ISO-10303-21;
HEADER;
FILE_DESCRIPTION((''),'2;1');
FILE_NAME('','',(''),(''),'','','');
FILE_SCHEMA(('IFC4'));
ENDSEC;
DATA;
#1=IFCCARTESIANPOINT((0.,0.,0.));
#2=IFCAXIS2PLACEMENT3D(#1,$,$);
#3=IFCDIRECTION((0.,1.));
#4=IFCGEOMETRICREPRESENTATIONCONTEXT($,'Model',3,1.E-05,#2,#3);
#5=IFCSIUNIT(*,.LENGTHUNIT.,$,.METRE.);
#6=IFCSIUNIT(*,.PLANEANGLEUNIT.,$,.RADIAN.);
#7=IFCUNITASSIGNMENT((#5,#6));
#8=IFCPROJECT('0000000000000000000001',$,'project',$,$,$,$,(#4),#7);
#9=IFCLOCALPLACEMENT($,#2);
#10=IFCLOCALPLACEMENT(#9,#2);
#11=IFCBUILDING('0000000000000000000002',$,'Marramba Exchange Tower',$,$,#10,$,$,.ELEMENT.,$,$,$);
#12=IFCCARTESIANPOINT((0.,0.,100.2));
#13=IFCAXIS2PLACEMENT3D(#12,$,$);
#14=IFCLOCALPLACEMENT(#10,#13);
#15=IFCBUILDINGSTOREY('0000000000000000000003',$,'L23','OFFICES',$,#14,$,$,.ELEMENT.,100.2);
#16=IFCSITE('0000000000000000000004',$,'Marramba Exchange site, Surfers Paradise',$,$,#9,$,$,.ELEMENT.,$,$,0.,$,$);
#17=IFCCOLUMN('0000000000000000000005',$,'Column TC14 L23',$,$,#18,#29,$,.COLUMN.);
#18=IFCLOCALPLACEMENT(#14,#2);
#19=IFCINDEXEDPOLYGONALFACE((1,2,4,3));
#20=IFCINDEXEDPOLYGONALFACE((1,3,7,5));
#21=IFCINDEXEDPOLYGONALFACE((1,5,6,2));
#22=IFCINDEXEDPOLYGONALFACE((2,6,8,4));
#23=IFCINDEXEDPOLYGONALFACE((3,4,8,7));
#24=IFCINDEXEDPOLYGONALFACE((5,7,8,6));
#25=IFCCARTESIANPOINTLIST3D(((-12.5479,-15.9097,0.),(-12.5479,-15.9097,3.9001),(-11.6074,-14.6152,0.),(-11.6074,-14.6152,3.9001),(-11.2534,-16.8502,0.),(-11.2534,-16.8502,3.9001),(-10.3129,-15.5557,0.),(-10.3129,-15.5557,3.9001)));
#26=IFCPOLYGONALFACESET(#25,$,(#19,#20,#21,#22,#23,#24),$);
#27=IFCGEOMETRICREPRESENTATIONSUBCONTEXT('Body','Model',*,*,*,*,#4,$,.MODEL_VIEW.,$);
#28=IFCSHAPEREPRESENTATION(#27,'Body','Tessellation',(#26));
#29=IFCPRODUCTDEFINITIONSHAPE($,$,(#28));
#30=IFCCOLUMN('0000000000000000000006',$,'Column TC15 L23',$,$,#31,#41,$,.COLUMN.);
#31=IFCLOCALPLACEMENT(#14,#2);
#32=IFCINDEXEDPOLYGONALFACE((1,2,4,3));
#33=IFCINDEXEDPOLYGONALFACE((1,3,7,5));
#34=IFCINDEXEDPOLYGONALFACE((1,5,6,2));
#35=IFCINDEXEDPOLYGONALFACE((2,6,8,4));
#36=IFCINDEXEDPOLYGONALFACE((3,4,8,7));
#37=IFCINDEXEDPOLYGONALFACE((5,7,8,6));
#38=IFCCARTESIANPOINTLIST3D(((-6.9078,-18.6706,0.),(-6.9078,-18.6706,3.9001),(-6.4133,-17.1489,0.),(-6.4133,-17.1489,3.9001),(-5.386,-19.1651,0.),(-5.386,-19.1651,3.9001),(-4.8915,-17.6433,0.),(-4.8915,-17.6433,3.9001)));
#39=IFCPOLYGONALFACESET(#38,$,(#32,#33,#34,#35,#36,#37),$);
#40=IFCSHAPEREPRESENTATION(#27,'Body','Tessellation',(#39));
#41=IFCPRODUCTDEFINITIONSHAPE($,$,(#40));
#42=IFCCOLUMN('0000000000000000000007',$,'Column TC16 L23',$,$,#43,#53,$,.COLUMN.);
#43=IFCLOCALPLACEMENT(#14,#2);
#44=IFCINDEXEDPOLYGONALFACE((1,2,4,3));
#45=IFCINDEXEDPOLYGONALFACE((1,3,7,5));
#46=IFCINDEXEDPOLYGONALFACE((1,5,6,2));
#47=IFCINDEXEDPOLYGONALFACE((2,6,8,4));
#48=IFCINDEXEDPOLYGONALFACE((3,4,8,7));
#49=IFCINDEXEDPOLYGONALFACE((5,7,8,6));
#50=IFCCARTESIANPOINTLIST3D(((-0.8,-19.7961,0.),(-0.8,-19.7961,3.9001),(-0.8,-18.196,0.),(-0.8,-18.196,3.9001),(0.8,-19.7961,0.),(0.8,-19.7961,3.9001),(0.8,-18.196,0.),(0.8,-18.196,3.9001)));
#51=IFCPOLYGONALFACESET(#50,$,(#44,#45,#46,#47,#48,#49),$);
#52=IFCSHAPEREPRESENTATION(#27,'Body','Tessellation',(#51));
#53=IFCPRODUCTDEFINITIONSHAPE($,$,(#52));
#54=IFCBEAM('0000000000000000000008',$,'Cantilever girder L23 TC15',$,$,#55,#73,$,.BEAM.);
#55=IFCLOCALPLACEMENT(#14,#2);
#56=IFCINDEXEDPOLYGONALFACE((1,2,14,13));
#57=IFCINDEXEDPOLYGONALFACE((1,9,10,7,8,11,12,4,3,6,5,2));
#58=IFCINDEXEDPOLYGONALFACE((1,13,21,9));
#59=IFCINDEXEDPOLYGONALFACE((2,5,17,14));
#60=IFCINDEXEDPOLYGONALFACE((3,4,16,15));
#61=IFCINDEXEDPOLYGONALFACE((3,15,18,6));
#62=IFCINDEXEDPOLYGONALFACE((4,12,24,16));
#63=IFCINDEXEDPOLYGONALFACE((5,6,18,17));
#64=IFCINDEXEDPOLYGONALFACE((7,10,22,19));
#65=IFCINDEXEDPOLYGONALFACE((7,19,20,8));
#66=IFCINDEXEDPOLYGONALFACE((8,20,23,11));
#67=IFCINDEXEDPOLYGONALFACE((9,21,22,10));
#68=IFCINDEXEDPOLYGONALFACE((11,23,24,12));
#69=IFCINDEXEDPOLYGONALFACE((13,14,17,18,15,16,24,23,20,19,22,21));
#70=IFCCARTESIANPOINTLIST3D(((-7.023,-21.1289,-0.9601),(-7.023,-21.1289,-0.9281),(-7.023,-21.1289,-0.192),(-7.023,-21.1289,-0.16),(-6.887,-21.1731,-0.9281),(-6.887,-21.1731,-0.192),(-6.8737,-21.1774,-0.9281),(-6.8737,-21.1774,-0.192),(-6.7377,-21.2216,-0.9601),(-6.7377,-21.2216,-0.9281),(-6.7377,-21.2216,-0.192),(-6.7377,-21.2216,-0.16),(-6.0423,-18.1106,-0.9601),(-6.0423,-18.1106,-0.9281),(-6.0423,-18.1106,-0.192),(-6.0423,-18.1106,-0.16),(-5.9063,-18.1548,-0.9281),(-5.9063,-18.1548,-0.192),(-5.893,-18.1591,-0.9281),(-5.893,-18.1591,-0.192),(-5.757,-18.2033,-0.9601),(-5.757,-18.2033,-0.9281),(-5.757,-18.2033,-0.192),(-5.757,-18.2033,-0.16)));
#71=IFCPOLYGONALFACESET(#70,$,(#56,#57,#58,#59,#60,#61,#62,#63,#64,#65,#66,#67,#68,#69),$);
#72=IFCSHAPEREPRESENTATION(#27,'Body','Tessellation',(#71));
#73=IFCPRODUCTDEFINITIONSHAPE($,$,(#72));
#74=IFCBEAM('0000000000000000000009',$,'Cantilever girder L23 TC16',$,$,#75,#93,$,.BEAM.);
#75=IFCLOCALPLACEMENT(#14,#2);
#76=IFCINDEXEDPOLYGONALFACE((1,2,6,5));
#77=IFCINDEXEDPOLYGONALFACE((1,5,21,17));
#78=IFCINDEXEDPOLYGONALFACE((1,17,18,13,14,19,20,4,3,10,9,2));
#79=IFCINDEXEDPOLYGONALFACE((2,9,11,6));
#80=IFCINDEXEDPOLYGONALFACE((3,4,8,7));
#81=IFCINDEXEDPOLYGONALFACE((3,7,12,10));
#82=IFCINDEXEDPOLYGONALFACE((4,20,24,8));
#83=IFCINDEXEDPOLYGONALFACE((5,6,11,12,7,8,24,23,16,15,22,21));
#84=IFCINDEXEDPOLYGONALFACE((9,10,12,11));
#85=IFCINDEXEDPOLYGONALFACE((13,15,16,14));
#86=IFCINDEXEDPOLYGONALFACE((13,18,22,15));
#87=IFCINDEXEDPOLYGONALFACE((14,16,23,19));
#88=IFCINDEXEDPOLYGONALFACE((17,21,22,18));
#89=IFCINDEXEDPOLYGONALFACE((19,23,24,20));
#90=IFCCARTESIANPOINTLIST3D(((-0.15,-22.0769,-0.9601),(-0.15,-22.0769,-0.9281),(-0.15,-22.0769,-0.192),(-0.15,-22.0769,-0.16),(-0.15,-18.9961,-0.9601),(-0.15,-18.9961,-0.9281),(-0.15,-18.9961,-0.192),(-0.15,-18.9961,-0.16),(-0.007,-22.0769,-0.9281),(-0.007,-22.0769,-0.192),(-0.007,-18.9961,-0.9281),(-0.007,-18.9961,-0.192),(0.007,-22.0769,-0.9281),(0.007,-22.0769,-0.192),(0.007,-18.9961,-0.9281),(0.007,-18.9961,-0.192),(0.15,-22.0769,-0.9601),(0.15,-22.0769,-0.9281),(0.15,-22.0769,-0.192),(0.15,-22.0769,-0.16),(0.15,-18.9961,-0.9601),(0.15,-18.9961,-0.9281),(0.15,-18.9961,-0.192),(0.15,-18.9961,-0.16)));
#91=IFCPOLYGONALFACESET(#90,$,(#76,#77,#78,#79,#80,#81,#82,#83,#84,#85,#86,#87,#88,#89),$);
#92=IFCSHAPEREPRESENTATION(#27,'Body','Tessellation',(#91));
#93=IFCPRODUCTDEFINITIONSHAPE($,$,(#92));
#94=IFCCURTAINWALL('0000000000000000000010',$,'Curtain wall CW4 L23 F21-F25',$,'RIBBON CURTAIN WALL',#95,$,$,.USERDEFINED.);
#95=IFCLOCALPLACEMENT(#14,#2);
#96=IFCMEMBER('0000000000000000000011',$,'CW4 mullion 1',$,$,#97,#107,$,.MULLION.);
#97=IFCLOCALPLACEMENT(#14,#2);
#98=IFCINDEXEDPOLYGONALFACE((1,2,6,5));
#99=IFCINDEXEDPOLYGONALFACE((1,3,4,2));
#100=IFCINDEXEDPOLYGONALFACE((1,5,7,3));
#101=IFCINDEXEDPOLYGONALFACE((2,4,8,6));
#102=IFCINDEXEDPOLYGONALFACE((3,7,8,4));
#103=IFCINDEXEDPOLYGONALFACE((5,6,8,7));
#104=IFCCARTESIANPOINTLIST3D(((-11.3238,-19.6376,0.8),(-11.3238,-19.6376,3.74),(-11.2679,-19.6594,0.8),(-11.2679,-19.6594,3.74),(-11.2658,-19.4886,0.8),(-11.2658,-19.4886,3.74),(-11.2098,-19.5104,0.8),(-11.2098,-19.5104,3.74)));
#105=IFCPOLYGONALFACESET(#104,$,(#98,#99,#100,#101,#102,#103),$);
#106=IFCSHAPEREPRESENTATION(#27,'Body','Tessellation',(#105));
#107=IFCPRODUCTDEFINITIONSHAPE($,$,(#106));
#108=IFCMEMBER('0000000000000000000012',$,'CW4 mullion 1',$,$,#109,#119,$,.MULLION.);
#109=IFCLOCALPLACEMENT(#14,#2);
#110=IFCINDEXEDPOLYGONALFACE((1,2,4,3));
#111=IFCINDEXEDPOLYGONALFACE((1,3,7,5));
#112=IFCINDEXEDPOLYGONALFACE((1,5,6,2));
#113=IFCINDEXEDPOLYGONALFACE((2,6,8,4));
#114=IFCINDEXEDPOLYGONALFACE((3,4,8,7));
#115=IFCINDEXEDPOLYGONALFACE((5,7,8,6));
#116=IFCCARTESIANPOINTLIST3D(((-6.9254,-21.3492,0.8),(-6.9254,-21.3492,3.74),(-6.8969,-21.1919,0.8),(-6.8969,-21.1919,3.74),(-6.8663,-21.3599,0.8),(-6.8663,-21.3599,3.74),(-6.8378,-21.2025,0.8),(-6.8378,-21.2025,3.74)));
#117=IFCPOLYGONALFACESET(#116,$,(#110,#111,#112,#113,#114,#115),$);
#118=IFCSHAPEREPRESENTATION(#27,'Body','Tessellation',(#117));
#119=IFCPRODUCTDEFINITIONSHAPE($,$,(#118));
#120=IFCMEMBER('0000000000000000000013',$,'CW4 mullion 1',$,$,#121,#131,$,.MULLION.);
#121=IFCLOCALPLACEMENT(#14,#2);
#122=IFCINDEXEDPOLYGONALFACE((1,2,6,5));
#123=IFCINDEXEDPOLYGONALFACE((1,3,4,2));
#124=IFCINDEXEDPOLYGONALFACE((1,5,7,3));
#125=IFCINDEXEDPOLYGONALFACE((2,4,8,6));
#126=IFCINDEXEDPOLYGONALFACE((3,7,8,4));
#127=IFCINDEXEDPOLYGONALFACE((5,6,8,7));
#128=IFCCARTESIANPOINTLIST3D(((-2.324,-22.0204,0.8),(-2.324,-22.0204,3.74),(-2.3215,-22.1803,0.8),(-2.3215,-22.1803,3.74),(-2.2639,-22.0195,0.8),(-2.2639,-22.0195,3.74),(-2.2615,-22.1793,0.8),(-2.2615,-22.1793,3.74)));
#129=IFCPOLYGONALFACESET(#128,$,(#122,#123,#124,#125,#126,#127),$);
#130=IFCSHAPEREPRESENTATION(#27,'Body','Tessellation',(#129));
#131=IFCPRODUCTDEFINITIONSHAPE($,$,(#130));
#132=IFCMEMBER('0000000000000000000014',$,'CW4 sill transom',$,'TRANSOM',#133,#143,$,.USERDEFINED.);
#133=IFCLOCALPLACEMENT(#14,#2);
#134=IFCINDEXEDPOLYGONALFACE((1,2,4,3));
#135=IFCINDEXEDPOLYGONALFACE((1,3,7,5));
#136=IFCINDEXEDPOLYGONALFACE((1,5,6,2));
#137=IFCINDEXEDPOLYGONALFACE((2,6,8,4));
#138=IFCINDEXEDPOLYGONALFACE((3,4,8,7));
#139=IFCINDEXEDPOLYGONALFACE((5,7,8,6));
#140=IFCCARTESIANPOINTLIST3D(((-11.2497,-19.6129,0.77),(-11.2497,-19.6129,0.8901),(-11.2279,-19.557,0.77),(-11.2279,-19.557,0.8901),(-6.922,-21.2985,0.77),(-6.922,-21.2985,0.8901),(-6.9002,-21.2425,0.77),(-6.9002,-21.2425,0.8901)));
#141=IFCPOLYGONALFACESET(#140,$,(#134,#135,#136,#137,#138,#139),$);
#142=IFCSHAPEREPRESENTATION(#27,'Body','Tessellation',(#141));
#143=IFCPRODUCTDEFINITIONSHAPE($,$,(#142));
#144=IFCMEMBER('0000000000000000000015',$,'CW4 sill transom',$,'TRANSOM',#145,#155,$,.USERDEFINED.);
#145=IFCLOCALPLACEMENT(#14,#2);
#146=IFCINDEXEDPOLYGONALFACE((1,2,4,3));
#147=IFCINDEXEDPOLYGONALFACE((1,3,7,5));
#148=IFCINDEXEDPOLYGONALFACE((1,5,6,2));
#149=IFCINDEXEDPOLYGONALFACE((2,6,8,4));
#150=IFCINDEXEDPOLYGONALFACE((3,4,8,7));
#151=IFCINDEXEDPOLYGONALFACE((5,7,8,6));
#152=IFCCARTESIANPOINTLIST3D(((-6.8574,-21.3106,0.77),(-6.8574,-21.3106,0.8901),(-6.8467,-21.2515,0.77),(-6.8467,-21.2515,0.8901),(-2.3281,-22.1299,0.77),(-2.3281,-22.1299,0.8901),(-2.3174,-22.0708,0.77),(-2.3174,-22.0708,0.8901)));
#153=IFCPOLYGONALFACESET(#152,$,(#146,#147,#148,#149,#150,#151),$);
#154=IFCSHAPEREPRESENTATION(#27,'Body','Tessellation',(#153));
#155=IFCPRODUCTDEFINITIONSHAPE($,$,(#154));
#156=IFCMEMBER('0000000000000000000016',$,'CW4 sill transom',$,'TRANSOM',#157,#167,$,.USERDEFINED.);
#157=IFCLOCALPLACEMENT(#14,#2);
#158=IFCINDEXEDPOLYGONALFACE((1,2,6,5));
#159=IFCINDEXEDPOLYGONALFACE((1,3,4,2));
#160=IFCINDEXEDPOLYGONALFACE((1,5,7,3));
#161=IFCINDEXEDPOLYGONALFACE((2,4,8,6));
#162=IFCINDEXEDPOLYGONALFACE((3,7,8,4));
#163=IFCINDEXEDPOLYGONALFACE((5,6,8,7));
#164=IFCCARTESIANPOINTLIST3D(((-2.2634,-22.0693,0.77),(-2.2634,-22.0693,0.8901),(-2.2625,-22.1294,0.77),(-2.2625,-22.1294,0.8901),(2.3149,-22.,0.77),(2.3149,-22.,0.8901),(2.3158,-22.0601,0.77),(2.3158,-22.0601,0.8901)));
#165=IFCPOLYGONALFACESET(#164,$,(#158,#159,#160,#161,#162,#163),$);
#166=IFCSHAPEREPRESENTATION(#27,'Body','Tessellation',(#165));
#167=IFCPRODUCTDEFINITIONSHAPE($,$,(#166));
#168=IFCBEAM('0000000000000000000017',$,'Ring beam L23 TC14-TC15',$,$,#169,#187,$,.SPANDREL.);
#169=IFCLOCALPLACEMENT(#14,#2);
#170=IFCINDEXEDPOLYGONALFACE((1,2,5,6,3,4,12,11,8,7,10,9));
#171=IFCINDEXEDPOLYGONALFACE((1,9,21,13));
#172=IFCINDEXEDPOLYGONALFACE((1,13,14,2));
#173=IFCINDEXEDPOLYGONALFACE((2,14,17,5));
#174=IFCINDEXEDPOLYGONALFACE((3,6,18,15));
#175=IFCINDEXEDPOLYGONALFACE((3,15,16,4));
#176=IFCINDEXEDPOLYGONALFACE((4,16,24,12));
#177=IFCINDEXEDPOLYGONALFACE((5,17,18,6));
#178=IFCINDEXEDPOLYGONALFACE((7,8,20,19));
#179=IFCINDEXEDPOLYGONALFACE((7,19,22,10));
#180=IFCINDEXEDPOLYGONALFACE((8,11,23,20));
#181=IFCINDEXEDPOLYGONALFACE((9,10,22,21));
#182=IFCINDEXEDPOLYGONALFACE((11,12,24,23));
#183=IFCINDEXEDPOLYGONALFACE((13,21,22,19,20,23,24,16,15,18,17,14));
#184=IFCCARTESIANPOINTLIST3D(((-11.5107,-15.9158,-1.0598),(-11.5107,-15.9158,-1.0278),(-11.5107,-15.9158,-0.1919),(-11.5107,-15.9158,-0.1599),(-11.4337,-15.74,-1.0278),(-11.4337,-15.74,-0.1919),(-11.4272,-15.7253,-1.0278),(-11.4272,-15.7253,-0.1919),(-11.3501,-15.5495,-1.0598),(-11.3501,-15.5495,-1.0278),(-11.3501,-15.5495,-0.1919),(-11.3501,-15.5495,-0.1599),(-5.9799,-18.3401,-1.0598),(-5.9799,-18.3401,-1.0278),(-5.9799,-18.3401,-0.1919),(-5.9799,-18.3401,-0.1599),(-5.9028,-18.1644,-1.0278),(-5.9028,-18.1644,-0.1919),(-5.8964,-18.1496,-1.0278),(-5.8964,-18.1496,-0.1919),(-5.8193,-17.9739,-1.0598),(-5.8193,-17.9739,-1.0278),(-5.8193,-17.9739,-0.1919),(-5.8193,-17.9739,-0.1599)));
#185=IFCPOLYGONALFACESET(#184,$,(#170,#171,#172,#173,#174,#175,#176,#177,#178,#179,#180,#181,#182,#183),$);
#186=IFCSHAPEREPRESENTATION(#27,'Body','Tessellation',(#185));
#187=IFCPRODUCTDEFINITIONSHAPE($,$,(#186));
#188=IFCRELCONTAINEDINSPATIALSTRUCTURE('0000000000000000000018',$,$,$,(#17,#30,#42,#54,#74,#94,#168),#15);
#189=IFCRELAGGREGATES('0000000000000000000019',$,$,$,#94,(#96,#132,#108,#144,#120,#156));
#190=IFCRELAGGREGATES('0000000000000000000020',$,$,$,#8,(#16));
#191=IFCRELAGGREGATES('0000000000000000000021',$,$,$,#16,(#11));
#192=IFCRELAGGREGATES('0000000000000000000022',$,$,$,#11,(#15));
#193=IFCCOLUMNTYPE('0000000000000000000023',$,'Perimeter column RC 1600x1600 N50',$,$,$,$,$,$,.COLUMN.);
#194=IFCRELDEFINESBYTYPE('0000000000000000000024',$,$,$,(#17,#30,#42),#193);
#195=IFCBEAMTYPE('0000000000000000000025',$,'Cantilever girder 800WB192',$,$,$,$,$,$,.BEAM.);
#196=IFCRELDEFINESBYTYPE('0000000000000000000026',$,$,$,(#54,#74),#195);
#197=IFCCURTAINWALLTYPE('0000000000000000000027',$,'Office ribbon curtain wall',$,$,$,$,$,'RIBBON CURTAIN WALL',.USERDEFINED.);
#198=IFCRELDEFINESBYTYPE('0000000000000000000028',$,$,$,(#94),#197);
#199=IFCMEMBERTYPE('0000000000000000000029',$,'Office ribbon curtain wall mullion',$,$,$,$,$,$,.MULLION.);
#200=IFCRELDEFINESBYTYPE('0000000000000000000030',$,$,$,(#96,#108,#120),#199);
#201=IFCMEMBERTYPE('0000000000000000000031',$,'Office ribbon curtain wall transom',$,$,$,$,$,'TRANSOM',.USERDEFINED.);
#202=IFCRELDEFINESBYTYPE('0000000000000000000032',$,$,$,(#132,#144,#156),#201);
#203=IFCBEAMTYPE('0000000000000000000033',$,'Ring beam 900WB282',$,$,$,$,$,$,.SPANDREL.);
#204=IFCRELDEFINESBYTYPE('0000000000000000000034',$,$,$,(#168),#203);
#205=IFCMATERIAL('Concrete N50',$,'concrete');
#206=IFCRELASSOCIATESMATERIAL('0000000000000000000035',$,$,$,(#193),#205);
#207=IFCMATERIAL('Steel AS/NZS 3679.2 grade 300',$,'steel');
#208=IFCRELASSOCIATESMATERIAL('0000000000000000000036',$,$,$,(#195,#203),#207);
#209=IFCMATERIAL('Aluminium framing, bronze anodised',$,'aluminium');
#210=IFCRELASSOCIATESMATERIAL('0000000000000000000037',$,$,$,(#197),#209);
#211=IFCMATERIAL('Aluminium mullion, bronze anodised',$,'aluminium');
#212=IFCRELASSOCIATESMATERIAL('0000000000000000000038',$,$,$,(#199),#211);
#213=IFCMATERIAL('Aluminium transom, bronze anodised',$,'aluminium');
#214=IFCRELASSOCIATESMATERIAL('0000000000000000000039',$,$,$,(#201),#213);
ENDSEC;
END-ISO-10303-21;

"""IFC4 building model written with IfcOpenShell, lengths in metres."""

from ifc_helpers import new_model, si_unit, direction, frame, origin, origin_2d, place, context, subcontext, project, spatial, rectangle, i_section, extrude, material, material_profile, profile_set, type_object, element, aggregate, save


model = new_model("IFC4")

# Units and contexts
model_context = context("Model", 3, precision=1e-05, world=origin(), true_north=direction((0.0, 1.0)))
body_context = subcontext(model_context, "Body", "Model", "MODEL_VIEW")
ifc_project = project(units=[si_unit("LENGTHUNIT", "METRE"), si_unit("PLANEANGLEUNIT", "RADIAN")], contexts=[model_context])

# Site, building, storey
site_placement = place(None, origin())
site = spatial("IfcSite", under=ifc_project, at=site_placement, Name="Marramba Exchange site, Surfers Paradise", CompositionType="ELEMENT", RefElevation=0.0)
building_placement = place(site_placement, origin())
building = spatial("IfcBuilding", under=site, at=building_placement, Name="Marramba Exchange Tower", CompositionType="ELEMENT")
storey_placement = place(building_placement, frame((0.0, 0.0, 100.2)))
storey = spatial("IfcBuildingStorey", under=building, at=storey_placement, Name="L23", Description="OFFICES", CompositionType="ELEMENT", Elevation=100.2)

# Columns
ifc_material_1 = material(Name="Concrete N50", Category="concrete")
ifc_material_profile_1 = material_profile(ifc_material_1, rectangle(XDim=1.6001, YDim=1.6001, at=origin_2d()), Name="RC 1600x1600")
ifc_profile_set_1 = profile_set([ifc_material_profile_1], Name="Concrete N50")
column_type = type_object("IfcColumnType", Name="Perimeter column RC 1600x1600 N50", PredefinedType="COLUMN", material=ifc_profile_set_1)
for number, where, z_axis, x_axis, name in (
    (1, (-11.4304, -15.7327, 0.0), (0.0, 0.0, 1.0), (-0.587785, -0.809017, 0.0), "Column TC14 L23"),
    (2, (-5.8997, -18.157, 0.0), (0.0, 0.0, 1.0), (-0.309017, -0.951057, 0.0), "Column TC15 L23"),
    (3, (0.0, -18.9961, 0.0), (0.0, 0.0, 1.0), (0.0, -1.0, 0.0), "Column TC16 L23"),
):
    element("IfcColumn", number, at=place(storey_placement, frame(where, z_axis=z_axis, x_axis=x_axis)), inside=storey, type_object=column_type, Name=name, PredefinedType="COLUMN", context=body_context, shape_type="SweptSolid", body=[
        extrude(rectangle(XDim=1.6001, YDim=1.6001, at=origin_2d()), origin(), (0.0, 0.0, 1.0), 3.9001),
    ])

# Beams
ifc_material_2 = material(Name="Steel AS/NZS 3679.2 grade 300", Category="steel")
ifc_material_profile_2 = material_profile(ifc_material_2, i_section(OverallWidth=0.3, OverallDepth=0.8, WebThickness=0.0139, FlangeThickness=0.032, at=origin_2d()), Name="800WB192")
ifc_profile_set_2 = profile_set([ifc_material_profile_2], Name="Steel AS/NZS 3679.2 grade 300")
beam_type_1 = type_object("IfcBeamType", Name="Cantilever girder 800WB192", PredefinedType="BEAM", material=ifc_profile_set_2)
beam_1_placement = place(storey_placement, frame((-5.8997, -18.157, -0.5601), z_axis=(-0.309018, -0.951056, 0.0), x_axis=(0.951056, -0.309018, 0.0)))
element("IfcBeam", 4, at=beam_1_placement, inside=storey, type_object=beam_type_1, Name="Cantilever girder L23 TC15", PredefinedType="BEAM", context=body_context, shape_type="SweptSolid", body=[
    extrude(i_section(OverallWidth=0.3, OverallDepth=0.8, WebThickness=0.0139, FlangeThickness=0.032, at=origin_2d()), origin(), (0.0, 0.0, 1.0), 3.1736),
])
beam_2_placement = place(storey_placement, frame((0.0, -18.9961, -0.5601), z_axis=(0.0, -1.0, 0.0), x_axis=(1.0, 0.0, 0.0)))
element("IfcBeam", 5, at=beam_2_placement, inside=storey, type_object=beam_type_1, Name="Cantilever girder L23 TC16", PredefinedType="BEAM", context=body_context, shape_type="SweptSolid", body=[
    extrude(i_section(OverallWidth=0.3, OverallDepth=0.8, WebThickness=0.0139, FlangeThickness=0.032, at=origin_2d()), origin(), (0.0, 0.0, 1.0), 3.0808),
])

# Curtain wall, members
ifc_material_3 = material(Name="Aluminium framing, bronze anodised", Category="aluminium")
curtain_wall_type = type_object("IfcCurtainWallType", Name="Office ribbon curtain wall", ElementType="RIBBON CURTAIN WALL", PredefinedType="USERDEFINED", material=ifc_material_3)
curtain_wall_placement = place(storey_placement, origin())
curtain_wall = element("IfcCurtainWall", 6, at=curtain_wall_placement, inside=storey, type_object=curtain_wall_type, Name="Curtain wall CW4 L23 F21-F25", ObjectType="RIBBON CURTAIN WALL", PredefinedType="USERDEFINED")
ifc_material_4 = material(Name="Aluminium mullion, bronze anodised", Category="aluminium")
ifc_material_profile_3 = material_profile(ifc_material_4, rectangle(XDim=0.1599, YDim=0.0601, at=origin_2d()), Name="CW4 mullion 60x160")
ifc_profile_set_3 = profile_set([ifc_material_profile_3], Name="Aluminium mullion, bronze anodised")
member_type_1 = type_object("IfcMemberType", Name="Office ribbon curtain wall mullion", PredefinedType="MULLION", material=ifc_profile_set_3)
member_1_placement = place(storey_placement, frame((-11.2668, -19.574, 0.8), z_axis=(0.0, 0.0, 1.0), x_axis=(0.362925, 0.931818, 0.0)))
member_1 = element("IfcMember", 7, at=member_1_placement, type_object=member_type_1, Name="CW4 mullion 1", PredefinedType="MULLION", context=body_context, shape_type="SweptSolid", body=[
    extrude(rectangle(XDim=0.1599, YDim=0.0601, at=origin_2d()), origin(), (0.0, 0.0, 1.0), 2.9399),
])
member_2_placement = place(storey_placement, frame((-6.8816, -21.2759, 0.8), z_axis=(0.0, 0.0, 1.0), x_axis=(0.177992, 0.984032, 0.0)))
member_2 = element("IfcMember", 8, at=member_2_placement, type_object=member_type_1, Name="CW4 mullion 1", PredefinedType="MULLION", context=body_context, shape_type="SweptSolid", body=[
    extrude(rectangle(XDim=0.1599, YDim=0.0601, at=origin_2d()), origin(), (0.0, 0.0, 1.0), 2.9399),
])
member_3_placement = place(storey_placement, frame((-2.2927, -22.0999, 0.8), z_axis=(0.0, 0.0, 1.0), x_axis=(-0.015179, 0.999885, 0.0)))
member_3 = element("IfcMember", 9, at=member_3_placement, type_object=member_type_1, Name="CW4 mullion 1", PredefinedType="MULLION", context=body_context, shape_type="SweptSolid", body=[
    extrude(rectangle(XDim=0.1599, YDim=0.0601, at=origin_2d()), origin(), (0.0, 0.0, 1.0), 2.9399),
])
ifc_material_5 = material(Name="Aluminium transom, bronze anodised", Category="aluminium")
ifc_material_profile_4 = material_profile(ifc_material_5, rectangle(XDim=0.0601, YDim=0.1201, at=origin_2d()), Name="CW4 transom 60x120")
ifc_profile_set_4 = profile_set([ifc_material_profile_4], Name="Aluminium transom, bronze anodised")
member_type_2 = type_object("IfcMemberType", Name="Office ribbon curtain wall transom", ElementType="TRANSOM", PredefinedType="USERDEFINED", material=ifc_profile_set_4)
member_4_placement = place(storey_placement, frame((-11.2388, -19.585, 0.8301), z_axis=(0.931817, -0.362928, 0.0), x_axis=(0.362928, 0.931817, 0.0)))
member_4 = element("IfcMember", 10, at=member_4_placement, type_object=member_type_2, Name="CW4 sill transom", ObjectType="TRANSOM", PredefinedType="USERDEFINED", context=body_context, shape_type="SweptSolid", body=[
    extrude(rectangle(XDim=0.0601, YDim=0.1201, at=origin_2d()), origin(), (0.0, 0.0, 1.0), 4.6443),
])
member_5_placement = place(storey_placement, frame((-6.8521, -21.281, 0.8301), z_axis=(0.984029, -0.178008, 0.0), x_axis=(0.178008, 0.984029, 0.0)))
member_5 = element("IfcMember", 11, at=member_5_placement, type_object=member_type_2, Name="CW4 sill transom", ObjectType="TRANSOM", PredefinedType="USERDEFINED", context=body_context, shape_type="SweptSolid", body=[
    extrude(rectangle(XDim=0.0601, YDim=0.1201, at=origin_2d()), origin(), (0.0, 0.0, 1.0), 4.6028),
])
member_6_placement = place(storey_placement, frame((-2.2629, -22.0994, 0.8301), z_axis=(0.999885, 0.015143, 0.0), x_axis=(-0.015143, 0.999885, 0.0)))
member_6 = element("IfcMember", 12, at=member_6_placement, type_object=member_type_2, Name="CW4 sill transom", ObjectType="TRANSOM", PredefinedType="USERDEFINED", context=body_context, shape_type="SweptSolid", body=[
    extrude(rectangle(XDim=0.0601, YDim=0.1201, at=origin_2d()), origin(), (0.0, 0.0, 1.0), 4.5789),
])

# Beam
ifc_material_profile_5 = material_profile(ifc_material_2, i_section(OverallWidth=0.3999, OverallDepth=0.8999, WebThickness=0.0161, FlangeThickness=0.032, at=origin_2d()), Name="900WB282")
ifc_profile_set_5 = profile_set([ifc_material_profile_5], Name="Steel AS/NZS 3679.2 grade 300")
beam_type_2 = type_object("IfcBeamType", Name="Ring beam 900WB282", PredefinedType="SPANDREL", material=ifc_profile_set_5)
beam_3_placement = place(storey_placement, frame((-11.4304, -15.7327, -0.6099), z_axis=(0.915877, -0.401459, 0.0), x_axis=(0.401459, 0.915877, 0.0)))
element("IfcBeam", 13, at=beam_3_placement, inside=storey, type_object=beam_type_2, Name="Ring beam L23 TC14-TC15", PredefinedType="SPANDREL", context=body_context, shape_type="SweptSolid", body=[
    extrude(i_section(OverallWidth=0.3999, OverallDepth=0.8999, WebThickness=0.0161, FlangeThickness=0.032, at=origin_2d()), origin(), (0.0, 0.0, 1.0), 6.0388),
])

aggregate(curtain_wall, [member_1, member_4, member_2, member_5, member_3, member_6])

save(model, "model.ifc")
